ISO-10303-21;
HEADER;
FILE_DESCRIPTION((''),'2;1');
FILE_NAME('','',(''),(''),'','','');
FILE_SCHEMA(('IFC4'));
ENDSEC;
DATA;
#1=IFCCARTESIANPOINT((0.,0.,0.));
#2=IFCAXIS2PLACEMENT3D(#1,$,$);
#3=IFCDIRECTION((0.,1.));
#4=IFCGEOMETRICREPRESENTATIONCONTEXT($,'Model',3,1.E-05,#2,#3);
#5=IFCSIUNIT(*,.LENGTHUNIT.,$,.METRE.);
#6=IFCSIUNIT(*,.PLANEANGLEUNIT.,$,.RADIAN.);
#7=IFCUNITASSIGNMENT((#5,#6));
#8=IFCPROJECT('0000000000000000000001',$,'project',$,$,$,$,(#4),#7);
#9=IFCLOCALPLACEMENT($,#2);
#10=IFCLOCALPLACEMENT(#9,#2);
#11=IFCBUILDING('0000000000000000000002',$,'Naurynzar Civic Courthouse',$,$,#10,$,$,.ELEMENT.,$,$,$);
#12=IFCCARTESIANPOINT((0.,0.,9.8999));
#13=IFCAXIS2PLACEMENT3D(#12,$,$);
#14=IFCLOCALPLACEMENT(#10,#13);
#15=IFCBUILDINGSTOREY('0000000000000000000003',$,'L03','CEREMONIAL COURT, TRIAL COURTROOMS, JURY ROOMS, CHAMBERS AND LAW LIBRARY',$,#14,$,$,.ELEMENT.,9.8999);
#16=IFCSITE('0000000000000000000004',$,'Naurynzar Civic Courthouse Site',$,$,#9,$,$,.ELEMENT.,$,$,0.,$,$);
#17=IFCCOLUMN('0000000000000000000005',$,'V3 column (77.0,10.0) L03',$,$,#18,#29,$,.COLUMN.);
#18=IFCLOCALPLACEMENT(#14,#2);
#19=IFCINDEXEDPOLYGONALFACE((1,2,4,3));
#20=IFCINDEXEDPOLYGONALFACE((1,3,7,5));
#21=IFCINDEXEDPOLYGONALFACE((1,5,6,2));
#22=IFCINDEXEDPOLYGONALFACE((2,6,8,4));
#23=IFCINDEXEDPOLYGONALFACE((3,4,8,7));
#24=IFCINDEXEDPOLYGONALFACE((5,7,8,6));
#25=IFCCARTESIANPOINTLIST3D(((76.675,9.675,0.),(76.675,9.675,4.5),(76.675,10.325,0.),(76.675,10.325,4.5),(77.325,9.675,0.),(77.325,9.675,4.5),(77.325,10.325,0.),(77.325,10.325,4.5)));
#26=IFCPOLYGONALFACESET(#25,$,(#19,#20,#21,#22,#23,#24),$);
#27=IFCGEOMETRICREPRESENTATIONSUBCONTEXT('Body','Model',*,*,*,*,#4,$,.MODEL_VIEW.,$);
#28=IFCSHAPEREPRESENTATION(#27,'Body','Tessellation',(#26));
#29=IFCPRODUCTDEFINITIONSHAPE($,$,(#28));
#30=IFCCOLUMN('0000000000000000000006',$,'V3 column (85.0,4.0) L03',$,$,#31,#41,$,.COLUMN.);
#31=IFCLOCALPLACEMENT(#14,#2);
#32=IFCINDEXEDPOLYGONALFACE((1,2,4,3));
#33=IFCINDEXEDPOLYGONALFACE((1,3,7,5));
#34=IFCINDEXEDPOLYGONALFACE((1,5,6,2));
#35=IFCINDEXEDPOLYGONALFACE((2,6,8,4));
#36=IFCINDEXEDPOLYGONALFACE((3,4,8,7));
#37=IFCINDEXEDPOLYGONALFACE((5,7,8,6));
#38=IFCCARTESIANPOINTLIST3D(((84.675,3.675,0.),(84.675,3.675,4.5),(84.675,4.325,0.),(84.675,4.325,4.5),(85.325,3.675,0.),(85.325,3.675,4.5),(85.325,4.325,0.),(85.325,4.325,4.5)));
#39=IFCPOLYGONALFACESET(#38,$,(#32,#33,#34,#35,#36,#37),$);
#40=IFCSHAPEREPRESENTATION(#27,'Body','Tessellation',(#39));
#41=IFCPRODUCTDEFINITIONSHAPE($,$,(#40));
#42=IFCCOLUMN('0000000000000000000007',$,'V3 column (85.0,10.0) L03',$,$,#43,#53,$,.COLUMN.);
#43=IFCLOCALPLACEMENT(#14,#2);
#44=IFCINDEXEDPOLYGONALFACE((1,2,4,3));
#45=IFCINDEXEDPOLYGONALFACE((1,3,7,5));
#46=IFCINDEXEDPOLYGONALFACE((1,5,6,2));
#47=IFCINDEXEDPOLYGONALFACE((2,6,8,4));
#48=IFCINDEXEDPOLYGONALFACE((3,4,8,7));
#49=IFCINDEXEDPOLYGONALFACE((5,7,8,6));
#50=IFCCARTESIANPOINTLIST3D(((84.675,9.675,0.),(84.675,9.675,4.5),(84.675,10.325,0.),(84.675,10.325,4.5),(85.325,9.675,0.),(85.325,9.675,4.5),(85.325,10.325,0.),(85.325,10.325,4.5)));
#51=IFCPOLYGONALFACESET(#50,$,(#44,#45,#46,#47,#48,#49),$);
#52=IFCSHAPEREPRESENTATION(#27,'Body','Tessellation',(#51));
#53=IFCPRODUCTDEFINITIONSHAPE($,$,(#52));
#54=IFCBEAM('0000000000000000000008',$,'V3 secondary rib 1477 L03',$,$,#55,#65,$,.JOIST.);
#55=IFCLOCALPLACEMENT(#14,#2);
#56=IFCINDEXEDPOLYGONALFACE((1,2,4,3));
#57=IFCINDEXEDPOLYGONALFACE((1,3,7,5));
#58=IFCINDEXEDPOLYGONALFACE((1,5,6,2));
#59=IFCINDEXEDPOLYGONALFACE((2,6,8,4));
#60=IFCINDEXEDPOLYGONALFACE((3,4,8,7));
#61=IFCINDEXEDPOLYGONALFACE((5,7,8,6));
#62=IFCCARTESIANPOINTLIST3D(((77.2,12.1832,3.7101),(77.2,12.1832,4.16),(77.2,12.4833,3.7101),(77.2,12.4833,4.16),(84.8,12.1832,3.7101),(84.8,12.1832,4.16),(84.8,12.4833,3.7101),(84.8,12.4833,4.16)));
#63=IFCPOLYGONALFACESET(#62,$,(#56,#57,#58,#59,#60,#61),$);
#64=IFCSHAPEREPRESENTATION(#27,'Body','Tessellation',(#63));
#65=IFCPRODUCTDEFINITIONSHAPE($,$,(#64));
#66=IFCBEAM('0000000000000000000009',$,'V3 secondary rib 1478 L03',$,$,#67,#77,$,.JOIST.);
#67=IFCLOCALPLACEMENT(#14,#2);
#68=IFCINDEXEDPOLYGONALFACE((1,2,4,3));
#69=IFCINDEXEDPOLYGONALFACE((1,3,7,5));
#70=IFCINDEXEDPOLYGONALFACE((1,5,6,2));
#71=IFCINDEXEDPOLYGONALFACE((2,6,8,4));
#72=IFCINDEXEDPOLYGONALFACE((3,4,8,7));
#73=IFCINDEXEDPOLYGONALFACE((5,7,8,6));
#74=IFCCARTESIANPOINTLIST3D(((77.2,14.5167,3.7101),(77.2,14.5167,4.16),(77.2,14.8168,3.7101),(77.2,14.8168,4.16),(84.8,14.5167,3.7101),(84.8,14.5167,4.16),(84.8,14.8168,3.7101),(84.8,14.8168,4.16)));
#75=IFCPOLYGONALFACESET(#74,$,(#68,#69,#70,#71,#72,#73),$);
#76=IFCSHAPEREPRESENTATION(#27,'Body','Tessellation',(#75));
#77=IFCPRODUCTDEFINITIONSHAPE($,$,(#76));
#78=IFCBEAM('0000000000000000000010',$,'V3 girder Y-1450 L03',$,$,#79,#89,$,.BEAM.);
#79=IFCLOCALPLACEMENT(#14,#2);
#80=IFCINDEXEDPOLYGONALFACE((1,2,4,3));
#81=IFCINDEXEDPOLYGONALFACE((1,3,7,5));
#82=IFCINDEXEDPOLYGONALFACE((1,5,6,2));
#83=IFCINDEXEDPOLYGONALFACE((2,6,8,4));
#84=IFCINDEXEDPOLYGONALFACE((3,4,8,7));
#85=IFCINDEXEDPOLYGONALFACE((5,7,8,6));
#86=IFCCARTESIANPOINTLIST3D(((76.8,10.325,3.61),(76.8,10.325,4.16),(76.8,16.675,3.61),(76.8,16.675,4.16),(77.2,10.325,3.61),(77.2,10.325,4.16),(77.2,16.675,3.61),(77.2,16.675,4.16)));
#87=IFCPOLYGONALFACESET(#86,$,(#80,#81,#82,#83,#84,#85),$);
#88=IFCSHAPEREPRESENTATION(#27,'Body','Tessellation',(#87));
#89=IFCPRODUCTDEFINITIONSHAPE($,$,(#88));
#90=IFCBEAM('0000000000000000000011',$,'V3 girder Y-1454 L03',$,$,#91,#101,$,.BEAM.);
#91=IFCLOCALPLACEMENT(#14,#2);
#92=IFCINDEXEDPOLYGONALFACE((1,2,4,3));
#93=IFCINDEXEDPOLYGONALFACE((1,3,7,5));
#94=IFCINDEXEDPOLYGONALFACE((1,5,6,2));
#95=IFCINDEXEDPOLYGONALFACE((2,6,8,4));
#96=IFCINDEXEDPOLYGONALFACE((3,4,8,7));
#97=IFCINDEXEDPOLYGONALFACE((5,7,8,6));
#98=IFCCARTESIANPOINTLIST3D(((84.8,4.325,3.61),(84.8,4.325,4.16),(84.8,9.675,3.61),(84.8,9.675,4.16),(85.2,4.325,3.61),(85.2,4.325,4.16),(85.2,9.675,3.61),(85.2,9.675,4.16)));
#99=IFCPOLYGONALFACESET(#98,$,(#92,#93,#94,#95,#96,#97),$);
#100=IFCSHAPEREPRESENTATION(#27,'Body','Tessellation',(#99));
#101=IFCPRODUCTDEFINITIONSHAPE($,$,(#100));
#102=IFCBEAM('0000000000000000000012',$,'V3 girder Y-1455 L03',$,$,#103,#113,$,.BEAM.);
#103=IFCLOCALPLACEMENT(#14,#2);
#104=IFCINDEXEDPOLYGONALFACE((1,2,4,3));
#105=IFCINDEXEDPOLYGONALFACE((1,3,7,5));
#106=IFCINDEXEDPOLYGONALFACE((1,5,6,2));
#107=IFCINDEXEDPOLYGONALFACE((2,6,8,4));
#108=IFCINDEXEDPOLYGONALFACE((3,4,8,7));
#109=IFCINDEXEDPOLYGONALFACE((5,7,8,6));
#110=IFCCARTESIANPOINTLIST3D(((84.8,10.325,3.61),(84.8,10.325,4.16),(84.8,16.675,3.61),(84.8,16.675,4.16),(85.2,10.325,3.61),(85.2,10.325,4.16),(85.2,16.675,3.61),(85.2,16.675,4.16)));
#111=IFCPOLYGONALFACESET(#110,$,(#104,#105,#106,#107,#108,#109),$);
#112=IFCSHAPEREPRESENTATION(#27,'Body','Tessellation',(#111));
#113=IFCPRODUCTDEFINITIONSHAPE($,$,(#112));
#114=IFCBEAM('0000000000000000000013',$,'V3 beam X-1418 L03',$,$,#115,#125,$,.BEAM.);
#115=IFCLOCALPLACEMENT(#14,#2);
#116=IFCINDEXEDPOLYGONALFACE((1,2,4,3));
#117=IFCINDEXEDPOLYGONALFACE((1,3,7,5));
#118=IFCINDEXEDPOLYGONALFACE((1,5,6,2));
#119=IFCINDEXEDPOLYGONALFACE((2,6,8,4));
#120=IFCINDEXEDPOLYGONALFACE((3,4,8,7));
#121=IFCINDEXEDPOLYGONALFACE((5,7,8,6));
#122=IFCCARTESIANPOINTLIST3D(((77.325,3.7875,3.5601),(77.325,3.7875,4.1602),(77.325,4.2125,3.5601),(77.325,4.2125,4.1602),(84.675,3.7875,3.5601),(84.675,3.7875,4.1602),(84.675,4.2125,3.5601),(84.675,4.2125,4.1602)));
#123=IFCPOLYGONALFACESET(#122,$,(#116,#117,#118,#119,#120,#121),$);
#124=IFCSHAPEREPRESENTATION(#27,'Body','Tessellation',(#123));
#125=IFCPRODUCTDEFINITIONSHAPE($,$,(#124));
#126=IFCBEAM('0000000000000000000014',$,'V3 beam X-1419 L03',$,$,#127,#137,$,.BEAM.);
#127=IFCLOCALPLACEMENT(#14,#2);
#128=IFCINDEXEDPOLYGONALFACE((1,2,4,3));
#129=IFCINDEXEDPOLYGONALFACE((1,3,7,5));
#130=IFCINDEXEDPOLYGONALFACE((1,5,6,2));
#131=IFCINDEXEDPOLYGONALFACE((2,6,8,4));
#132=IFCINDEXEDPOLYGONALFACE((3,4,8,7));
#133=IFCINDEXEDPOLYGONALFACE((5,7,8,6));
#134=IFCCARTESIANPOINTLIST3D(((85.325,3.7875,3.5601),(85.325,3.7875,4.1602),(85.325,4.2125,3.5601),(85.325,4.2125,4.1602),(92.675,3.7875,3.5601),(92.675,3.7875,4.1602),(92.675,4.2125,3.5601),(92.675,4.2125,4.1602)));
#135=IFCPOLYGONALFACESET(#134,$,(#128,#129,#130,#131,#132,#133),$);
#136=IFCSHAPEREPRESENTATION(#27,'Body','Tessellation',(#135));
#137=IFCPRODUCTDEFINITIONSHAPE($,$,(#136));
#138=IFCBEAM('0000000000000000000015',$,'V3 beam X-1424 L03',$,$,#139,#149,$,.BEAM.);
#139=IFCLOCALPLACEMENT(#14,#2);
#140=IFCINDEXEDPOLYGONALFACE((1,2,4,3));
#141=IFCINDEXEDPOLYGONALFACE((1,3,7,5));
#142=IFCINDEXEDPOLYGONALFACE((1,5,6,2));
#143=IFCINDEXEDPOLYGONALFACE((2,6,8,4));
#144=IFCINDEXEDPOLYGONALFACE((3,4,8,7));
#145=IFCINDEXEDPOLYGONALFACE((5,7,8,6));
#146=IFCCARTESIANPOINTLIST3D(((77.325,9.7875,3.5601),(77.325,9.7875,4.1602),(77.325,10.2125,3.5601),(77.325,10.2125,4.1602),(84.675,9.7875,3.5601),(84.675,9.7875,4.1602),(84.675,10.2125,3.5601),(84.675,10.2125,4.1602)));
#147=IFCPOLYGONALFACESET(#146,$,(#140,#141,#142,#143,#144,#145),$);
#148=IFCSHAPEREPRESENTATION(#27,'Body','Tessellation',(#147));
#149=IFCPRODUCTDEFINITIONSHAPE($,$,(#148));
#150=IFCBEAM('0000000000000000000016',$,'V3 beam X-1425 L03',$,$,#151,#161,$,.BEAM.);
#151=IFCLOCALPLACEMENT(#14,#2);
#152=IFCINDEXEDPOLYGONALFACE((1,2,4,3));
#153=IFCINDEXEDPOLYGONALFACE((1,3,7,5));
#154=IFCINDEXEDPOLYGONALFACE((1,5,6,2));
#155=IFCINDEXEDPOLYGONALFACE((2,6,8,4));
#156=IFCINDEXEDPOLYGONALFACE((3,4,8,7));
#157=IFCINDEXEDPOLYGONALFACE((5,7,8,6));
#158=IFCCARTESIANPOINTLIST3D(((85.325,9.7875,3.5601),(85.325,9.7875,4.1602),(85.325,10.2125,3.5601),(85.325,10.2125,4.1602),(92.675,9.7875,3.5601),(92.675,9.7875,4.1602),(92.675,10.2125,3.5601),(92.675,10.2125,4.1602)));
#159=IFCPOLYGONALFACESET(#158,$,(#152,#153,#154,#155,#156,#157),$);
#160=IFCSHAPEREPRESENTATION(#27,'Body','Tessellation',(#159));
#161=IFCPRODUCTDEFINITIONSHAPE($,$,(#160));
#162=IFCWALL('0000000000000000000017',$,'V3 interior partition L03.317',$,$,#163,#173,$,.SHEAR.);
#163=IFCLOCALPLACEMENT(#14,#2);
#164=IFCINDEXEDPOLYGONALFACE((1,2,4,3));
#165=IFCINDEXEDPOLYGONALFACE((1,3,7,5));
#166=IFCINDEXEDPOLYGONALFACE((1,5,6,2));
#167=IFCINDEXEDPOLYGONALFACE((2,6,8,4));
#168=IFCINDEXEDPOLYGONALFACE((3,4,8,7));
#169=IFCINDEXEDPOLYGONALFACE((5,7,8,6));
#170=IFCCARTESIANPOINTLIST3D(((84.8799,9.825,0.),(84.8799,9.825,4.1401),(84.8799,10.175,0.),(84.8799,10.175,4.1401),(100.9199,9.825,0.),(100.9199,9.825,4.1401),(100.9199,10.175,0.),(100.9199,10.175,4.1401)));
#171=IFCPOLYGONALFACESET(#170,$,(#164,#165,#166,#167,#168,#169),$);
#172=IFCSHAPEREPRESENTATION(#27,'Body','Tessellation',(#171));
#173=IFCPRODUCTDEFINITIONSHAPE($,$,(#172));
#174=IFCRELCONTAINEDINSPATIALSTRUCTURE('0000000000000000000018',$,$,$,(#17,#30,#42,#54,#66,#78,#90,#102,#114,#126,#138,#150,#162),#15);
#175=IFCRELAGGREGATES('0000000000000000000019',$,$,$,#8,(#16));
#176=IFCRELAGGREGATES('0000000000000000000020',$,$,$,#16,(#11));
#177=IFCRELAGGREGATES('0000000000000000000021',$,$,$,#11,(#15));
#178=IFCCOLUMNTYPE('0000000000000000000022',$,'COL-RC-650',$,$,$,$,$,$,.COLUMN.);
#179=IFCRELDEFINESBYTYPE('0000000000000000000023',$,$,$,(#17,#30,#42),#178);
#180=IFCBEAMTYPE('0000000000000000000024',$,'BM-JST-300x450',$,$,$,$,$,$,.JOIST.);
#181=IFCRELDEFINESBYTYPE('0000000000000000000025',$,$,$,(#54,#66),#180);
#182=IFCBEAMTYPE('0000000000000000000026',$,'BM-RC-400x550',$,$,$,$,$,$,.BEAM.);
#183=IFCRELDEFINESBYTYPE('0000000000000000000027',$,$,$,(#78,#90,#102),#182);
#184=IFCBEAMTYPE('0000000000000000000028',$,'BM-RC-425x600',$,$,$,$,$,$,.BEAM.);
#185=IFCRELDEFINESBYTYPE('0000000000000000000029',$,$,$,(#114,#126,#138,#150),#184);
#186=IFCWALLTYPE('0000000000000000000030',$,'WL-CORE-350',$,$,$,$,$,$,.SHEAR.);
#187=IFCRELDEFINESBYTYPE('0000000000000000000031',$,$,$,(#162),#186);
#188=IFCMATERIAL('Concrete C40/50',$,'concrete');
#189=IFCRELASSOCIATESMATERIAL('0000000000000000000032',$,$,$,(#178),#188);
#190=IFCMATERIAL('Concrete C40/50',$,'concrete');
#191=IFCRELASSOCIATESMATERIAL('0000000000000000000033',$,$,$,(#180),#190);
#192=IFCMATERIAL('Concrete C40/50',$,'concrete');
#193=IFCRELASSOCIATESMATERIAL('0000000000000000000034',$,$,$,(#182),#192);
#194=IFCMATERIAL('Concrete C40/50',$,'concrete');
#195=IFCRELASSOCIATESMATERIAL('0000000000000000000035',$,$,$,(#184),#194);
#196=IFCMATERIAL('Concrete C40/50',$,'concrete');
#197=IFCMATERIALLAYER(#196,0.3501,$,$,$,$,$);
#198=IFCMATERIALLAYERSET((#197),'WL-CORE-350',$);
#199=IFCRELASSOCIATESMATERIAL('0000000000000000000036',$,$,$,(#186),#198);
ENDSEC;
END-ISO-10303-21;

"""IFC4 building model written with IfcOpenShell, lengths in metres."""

from ifc_helpers import new_model, si_unit, direction, frame, frame_2d, origin, origin_2d, place, context, subcontext, project, spatial, rectangle, extrude, material, layer, layer_set, material_profile, profile_set, type_object, element, save


model = new_model("IFC4")

# Units and contexts
model_context = context("Model", 3, precision=1e-05, world=origin(), true_north=direction((0.0, 1.0)))
body_context = subcontext(model_context, "Body", "Model", "MODEL_VIEW")
ifc_project = project(units=[si_unit("LENGTHUNIT", "METRE"), si_unit("PLANEANGLEUNIT", "RADIAN")], contexts=[model_context])

# Site, building, storey
site_placement = place(None, origin())
site = spatial("IfcSite", under=ifc_project, at=site_placement, Name="Naurynzar Civic Courthouse Site", CompositionType="ELEMENT", RefElevation=0.0)
building_placement = place(site_placement, origin())
building = spatial("IfcBuilding", under=site, at=building_placement, Name="Naurynzar Civic Courthouse", CompositionType="ELEMENT")
storey_placement = place(building_placement, frame((0.0, 0.0, 9.8999)))
storey = spatial("IfcBuildingStorey", under=building, at=storey_placement, Name="L03", Description="CEREMONIAL COURT, TRIAL COURTROOMS, JURY ROOMS, CHAMBERS AND LAW LIBRARY", CompositionType="ELEMENT", Elevation=9.8999)

# Columns
ifc_material_1 = material(Name="Concrete C40/50", Category="concrete")
ifc_material_profile_1 = material_profile(ifc_material_1, rectangle(XDim=0.6499, YDim=0.6499, at=origin_2d()), Name="RC 650x650")
ifc_profile_set_1 = profile_set([ifc_material_profile_1], Name="Concrete C40/50")
column_type = type_object("IfcColumnType", Name="COL-RC-650", PredefinedType="COLUMN", material=ifc_profile_set_1)
for number, where, z_axis, x_axis, name in (
    (1, (77.0, 10.0, 0.0), (0.0, 0.0, 1.0), (1.0, 0.0, 0.0), "V3 column (77.0,10.0) L03"),
    (2, (85.0, 4.0, 0.0), (0.0, 0.0, 1.0), (1.0, 0.0, 0.0), "V3 column (85.0,4.0) L03"),
    (3, (85.0, 10.0, 0.0), (0.0, 0.0, 1.0), (1.0, 0.0, 0.0), "V3 column (85.0,10.0) L03"),
):
    element("IfcColumn", number, at=place(storey_placement, frame(where, z_axis=z_axis, x_axis=x_axis)), inside=storey, type_object=column_type, Name=name, PredefinedType="COLUMN", context=body_context, shape_type="SweptSolid", body=[
        extrude(rectangle(XDim=0.6499, YDim=0.6499, at=origin_2d()), origin(), (0.0, 0.0, 1.0), 4.5),
    ])

# Beams
ifc_material_2 = material(Name="Concrete C40/50", Category="concrete")
ifc_material_profile_2 = material_profile(ifc_material_2, rectangle(XDim=0.3, YDim=0.45, at=origin_2d()), Name="RCJ 300x450")
ifc_profile_set_2 = profile_set([ifc_material_profile_2], Name="Concrete C40/50")
beam_type_1 = type_object("IfcBeamType", Name="BM-JST-300x450", PredefinedType="JOIST", material=ifc_profile_set_2)
for number, where, z_axis, x_axis, name in (
    (4, (77.2, 12.3333, 3.9351), (1.0, 0.0, 0.0), (0.0, 1.0, 0.0), "V3 secondary rib 1477 L03"),
    (5, (77.2, 14.6667, 3.9351), (1.0, 0.0, 0.0), (0.0, 1.0, 0.0), "V3 secondary rib 1478 L03"),
):
    element("IfcBeam", number, at=place(storey_placement, frame(where, z_axis=z_axis, x_axis=x_axis)), inside=storey, type_object=beam_type_1, Name=name, PredefinedType="JOIST", context=body_context, shape_type="SweptSolid", body=[
        extrude(rectangle(XDim=0.3, YDim=0.45, at=origin_2d()), origin(), (0.0, 0.0, 1.0), 7.6001),
    ])
ifc_material_3 = material(Name="Concrete C40/50", Category="concrete")
ifc_material_profile_3 = material_profile(ifc_material_3, rectangle(XDim=0.3999, YDim=0.55, at=origin_2d()), Name="RCB 400x550")
ifc_profile_set_3 = profile_set([ifc_material_profile_3], Name="Concrete C40/50")
beam_type_2 = type_object("IfcBeamType", Name="BM-RC-400x550", PredefinedType="BEAM", material=ifc_profile_set_3)
beam_1_placement = place(storey_placement, frame((77.0, 10.325, 3.885), z_axis=(0.0, 1.0, 0.0), x_axis=(-1.0, 0.0, 0.0)))
element("IfcBeam", 6, at=beam_1_placement, inside=storey, type_object=beam_type_2, Name="V3 girder Y-1450 L03", PredefinedType="BEAM", context=body_context, shape_type="SweptSolid", body=[
    extrude(rectangle(XDim=0.3999, YDim=0.55, at=origin_2d()), origin(), (0.0, 0.0, 1.0), 6.3501),
])
beam_2_placement = place(storey_placement, frame((85.0, 4.325, 3.885), z_axis=(0.0, 1.0, 0.0), x_axis=(-1.0, 0.0, 0.0)))
element("IfcBeam", 7, at=beam_2_placement, inside=storey, type_object=beam_type_2, Name="V3 girder Y-1454 L03", PredefinedType="BEAM", context=body_context, shape_type="SweptSolid", body=[
    extrude(rectangle(XDim=0.3999, YDim=0.55, at=origin_2d()), origin(), (0.0, 0.0, 1.0), 5.3501),
])
beam_3_placement = place(storey_placement, frame((85.0, 10.325, 3.885), z_axis=(0.0, 1.0, 0.0), x_axis=(-1.0, 0.0, 0.0)))
element("IfcBeam", 8, at=beam_3_placement, inside=storey, type_object=beam_type_2, Name="V3 girder Y-1455 L03", PredefinedType="BEAM", context=body_context, shape_type="SweptSolid", body=[
    extrude(rectangle(XDim=0.3999, YDim=0.55, at=origin_2d()), origin(), (0.0, 0.0, 1.0), 6.3501),
])
ifc_material_4 = material(Name="Concrete C40/50", Category="concrete")
ifc_material_profile_4 = material_profile(ifc_material_4, rectangle(XDim=0.425, YDim=0.6001, at=origin_2d()), Name="RCB 425x600")
ifc_profile_set_4 = profile_set([ifc_material_profile_4], Name="Concrete C40/50")
beam_type_3 = type_object("IfcBeamType", Name="BM-RC-425x600", PredefinedType="BEAM", material=ifc_profile_set_4)
for number, where, z_axis, x_axis, name in (
    (9, (77.325, 4.0, 3.8601), (1.0, 0.0, 0.0), (0.0, 1.0, 0.0), "V3 beam X-1418 L03"),
    (10, (85.325, 4.0, 3.8601), (1.0, 0.0, 0.0), (0.0, 1.0, 0.0), "V3 beam X-1419 L03"),
    (11, (77.325, 10.0, 3.8601), (1.0, 0.0, 0.0), (0.0, 1.0, 0.0), "V3 beam X-1424 L03"),
    (12, (85.325, 10.0, 3.8601), (1.0, 0.0, 0.0), (0.0, 1.0, 0.0), "V3 beam X-1425 L03"),
):
    element("IfcBeam", number, at=place(storey_placement, frame(where, z_axis=z_axis, x_axis=x_axis)), inside=storey, type_object=beam_type_3, Name=name, PredefinedType="BEAM", context=body_context, shape_type="SweptSolid", body=[
        extrude(rectangle(XDim=0.425, YDim=0.6001, at=origin_2d()), origin(), (0.0, 0.0, 1.0), 7.3501),
    ])

# Shared definitions
ifc_material_5 = material(Name="Concrete C40/50", Category="concrete")
ifc_layer_1 = layer(ifc_material_5, 0.3501)
ifc_layer_set_1 = layer_set([ifc_layer_1], Name="WL-CORE-350")
wall_type_1 = type_object("IfcWallType", Name="WL-CORE-350", PredefinedType="SHEAR", material=ifc_layer_set_1)

# Wall
wall_1_placement = place(storey_placement, frame((84.8799, 10.0, 0.0), z_axis=(0.0, 0.0, 1.0), x_axis=(1.0, 0.0, 0.0)))
element("IfcWall", 13, at=wall_1_placement, inside=storey, type_object=wall_type_1, Name="V3 interior partition L03.317", PredefinedType="SHEAR", context=body_context, shape_type="SweptSolid", body=[
    extrude(rectangle(XDim=16.04, YDim=0.3501, at=frame_2d((8.02, 0.0))), origin(), (0.0, 0.0, 1.0), 4.1401),
])

save(model, "model.ifc")
